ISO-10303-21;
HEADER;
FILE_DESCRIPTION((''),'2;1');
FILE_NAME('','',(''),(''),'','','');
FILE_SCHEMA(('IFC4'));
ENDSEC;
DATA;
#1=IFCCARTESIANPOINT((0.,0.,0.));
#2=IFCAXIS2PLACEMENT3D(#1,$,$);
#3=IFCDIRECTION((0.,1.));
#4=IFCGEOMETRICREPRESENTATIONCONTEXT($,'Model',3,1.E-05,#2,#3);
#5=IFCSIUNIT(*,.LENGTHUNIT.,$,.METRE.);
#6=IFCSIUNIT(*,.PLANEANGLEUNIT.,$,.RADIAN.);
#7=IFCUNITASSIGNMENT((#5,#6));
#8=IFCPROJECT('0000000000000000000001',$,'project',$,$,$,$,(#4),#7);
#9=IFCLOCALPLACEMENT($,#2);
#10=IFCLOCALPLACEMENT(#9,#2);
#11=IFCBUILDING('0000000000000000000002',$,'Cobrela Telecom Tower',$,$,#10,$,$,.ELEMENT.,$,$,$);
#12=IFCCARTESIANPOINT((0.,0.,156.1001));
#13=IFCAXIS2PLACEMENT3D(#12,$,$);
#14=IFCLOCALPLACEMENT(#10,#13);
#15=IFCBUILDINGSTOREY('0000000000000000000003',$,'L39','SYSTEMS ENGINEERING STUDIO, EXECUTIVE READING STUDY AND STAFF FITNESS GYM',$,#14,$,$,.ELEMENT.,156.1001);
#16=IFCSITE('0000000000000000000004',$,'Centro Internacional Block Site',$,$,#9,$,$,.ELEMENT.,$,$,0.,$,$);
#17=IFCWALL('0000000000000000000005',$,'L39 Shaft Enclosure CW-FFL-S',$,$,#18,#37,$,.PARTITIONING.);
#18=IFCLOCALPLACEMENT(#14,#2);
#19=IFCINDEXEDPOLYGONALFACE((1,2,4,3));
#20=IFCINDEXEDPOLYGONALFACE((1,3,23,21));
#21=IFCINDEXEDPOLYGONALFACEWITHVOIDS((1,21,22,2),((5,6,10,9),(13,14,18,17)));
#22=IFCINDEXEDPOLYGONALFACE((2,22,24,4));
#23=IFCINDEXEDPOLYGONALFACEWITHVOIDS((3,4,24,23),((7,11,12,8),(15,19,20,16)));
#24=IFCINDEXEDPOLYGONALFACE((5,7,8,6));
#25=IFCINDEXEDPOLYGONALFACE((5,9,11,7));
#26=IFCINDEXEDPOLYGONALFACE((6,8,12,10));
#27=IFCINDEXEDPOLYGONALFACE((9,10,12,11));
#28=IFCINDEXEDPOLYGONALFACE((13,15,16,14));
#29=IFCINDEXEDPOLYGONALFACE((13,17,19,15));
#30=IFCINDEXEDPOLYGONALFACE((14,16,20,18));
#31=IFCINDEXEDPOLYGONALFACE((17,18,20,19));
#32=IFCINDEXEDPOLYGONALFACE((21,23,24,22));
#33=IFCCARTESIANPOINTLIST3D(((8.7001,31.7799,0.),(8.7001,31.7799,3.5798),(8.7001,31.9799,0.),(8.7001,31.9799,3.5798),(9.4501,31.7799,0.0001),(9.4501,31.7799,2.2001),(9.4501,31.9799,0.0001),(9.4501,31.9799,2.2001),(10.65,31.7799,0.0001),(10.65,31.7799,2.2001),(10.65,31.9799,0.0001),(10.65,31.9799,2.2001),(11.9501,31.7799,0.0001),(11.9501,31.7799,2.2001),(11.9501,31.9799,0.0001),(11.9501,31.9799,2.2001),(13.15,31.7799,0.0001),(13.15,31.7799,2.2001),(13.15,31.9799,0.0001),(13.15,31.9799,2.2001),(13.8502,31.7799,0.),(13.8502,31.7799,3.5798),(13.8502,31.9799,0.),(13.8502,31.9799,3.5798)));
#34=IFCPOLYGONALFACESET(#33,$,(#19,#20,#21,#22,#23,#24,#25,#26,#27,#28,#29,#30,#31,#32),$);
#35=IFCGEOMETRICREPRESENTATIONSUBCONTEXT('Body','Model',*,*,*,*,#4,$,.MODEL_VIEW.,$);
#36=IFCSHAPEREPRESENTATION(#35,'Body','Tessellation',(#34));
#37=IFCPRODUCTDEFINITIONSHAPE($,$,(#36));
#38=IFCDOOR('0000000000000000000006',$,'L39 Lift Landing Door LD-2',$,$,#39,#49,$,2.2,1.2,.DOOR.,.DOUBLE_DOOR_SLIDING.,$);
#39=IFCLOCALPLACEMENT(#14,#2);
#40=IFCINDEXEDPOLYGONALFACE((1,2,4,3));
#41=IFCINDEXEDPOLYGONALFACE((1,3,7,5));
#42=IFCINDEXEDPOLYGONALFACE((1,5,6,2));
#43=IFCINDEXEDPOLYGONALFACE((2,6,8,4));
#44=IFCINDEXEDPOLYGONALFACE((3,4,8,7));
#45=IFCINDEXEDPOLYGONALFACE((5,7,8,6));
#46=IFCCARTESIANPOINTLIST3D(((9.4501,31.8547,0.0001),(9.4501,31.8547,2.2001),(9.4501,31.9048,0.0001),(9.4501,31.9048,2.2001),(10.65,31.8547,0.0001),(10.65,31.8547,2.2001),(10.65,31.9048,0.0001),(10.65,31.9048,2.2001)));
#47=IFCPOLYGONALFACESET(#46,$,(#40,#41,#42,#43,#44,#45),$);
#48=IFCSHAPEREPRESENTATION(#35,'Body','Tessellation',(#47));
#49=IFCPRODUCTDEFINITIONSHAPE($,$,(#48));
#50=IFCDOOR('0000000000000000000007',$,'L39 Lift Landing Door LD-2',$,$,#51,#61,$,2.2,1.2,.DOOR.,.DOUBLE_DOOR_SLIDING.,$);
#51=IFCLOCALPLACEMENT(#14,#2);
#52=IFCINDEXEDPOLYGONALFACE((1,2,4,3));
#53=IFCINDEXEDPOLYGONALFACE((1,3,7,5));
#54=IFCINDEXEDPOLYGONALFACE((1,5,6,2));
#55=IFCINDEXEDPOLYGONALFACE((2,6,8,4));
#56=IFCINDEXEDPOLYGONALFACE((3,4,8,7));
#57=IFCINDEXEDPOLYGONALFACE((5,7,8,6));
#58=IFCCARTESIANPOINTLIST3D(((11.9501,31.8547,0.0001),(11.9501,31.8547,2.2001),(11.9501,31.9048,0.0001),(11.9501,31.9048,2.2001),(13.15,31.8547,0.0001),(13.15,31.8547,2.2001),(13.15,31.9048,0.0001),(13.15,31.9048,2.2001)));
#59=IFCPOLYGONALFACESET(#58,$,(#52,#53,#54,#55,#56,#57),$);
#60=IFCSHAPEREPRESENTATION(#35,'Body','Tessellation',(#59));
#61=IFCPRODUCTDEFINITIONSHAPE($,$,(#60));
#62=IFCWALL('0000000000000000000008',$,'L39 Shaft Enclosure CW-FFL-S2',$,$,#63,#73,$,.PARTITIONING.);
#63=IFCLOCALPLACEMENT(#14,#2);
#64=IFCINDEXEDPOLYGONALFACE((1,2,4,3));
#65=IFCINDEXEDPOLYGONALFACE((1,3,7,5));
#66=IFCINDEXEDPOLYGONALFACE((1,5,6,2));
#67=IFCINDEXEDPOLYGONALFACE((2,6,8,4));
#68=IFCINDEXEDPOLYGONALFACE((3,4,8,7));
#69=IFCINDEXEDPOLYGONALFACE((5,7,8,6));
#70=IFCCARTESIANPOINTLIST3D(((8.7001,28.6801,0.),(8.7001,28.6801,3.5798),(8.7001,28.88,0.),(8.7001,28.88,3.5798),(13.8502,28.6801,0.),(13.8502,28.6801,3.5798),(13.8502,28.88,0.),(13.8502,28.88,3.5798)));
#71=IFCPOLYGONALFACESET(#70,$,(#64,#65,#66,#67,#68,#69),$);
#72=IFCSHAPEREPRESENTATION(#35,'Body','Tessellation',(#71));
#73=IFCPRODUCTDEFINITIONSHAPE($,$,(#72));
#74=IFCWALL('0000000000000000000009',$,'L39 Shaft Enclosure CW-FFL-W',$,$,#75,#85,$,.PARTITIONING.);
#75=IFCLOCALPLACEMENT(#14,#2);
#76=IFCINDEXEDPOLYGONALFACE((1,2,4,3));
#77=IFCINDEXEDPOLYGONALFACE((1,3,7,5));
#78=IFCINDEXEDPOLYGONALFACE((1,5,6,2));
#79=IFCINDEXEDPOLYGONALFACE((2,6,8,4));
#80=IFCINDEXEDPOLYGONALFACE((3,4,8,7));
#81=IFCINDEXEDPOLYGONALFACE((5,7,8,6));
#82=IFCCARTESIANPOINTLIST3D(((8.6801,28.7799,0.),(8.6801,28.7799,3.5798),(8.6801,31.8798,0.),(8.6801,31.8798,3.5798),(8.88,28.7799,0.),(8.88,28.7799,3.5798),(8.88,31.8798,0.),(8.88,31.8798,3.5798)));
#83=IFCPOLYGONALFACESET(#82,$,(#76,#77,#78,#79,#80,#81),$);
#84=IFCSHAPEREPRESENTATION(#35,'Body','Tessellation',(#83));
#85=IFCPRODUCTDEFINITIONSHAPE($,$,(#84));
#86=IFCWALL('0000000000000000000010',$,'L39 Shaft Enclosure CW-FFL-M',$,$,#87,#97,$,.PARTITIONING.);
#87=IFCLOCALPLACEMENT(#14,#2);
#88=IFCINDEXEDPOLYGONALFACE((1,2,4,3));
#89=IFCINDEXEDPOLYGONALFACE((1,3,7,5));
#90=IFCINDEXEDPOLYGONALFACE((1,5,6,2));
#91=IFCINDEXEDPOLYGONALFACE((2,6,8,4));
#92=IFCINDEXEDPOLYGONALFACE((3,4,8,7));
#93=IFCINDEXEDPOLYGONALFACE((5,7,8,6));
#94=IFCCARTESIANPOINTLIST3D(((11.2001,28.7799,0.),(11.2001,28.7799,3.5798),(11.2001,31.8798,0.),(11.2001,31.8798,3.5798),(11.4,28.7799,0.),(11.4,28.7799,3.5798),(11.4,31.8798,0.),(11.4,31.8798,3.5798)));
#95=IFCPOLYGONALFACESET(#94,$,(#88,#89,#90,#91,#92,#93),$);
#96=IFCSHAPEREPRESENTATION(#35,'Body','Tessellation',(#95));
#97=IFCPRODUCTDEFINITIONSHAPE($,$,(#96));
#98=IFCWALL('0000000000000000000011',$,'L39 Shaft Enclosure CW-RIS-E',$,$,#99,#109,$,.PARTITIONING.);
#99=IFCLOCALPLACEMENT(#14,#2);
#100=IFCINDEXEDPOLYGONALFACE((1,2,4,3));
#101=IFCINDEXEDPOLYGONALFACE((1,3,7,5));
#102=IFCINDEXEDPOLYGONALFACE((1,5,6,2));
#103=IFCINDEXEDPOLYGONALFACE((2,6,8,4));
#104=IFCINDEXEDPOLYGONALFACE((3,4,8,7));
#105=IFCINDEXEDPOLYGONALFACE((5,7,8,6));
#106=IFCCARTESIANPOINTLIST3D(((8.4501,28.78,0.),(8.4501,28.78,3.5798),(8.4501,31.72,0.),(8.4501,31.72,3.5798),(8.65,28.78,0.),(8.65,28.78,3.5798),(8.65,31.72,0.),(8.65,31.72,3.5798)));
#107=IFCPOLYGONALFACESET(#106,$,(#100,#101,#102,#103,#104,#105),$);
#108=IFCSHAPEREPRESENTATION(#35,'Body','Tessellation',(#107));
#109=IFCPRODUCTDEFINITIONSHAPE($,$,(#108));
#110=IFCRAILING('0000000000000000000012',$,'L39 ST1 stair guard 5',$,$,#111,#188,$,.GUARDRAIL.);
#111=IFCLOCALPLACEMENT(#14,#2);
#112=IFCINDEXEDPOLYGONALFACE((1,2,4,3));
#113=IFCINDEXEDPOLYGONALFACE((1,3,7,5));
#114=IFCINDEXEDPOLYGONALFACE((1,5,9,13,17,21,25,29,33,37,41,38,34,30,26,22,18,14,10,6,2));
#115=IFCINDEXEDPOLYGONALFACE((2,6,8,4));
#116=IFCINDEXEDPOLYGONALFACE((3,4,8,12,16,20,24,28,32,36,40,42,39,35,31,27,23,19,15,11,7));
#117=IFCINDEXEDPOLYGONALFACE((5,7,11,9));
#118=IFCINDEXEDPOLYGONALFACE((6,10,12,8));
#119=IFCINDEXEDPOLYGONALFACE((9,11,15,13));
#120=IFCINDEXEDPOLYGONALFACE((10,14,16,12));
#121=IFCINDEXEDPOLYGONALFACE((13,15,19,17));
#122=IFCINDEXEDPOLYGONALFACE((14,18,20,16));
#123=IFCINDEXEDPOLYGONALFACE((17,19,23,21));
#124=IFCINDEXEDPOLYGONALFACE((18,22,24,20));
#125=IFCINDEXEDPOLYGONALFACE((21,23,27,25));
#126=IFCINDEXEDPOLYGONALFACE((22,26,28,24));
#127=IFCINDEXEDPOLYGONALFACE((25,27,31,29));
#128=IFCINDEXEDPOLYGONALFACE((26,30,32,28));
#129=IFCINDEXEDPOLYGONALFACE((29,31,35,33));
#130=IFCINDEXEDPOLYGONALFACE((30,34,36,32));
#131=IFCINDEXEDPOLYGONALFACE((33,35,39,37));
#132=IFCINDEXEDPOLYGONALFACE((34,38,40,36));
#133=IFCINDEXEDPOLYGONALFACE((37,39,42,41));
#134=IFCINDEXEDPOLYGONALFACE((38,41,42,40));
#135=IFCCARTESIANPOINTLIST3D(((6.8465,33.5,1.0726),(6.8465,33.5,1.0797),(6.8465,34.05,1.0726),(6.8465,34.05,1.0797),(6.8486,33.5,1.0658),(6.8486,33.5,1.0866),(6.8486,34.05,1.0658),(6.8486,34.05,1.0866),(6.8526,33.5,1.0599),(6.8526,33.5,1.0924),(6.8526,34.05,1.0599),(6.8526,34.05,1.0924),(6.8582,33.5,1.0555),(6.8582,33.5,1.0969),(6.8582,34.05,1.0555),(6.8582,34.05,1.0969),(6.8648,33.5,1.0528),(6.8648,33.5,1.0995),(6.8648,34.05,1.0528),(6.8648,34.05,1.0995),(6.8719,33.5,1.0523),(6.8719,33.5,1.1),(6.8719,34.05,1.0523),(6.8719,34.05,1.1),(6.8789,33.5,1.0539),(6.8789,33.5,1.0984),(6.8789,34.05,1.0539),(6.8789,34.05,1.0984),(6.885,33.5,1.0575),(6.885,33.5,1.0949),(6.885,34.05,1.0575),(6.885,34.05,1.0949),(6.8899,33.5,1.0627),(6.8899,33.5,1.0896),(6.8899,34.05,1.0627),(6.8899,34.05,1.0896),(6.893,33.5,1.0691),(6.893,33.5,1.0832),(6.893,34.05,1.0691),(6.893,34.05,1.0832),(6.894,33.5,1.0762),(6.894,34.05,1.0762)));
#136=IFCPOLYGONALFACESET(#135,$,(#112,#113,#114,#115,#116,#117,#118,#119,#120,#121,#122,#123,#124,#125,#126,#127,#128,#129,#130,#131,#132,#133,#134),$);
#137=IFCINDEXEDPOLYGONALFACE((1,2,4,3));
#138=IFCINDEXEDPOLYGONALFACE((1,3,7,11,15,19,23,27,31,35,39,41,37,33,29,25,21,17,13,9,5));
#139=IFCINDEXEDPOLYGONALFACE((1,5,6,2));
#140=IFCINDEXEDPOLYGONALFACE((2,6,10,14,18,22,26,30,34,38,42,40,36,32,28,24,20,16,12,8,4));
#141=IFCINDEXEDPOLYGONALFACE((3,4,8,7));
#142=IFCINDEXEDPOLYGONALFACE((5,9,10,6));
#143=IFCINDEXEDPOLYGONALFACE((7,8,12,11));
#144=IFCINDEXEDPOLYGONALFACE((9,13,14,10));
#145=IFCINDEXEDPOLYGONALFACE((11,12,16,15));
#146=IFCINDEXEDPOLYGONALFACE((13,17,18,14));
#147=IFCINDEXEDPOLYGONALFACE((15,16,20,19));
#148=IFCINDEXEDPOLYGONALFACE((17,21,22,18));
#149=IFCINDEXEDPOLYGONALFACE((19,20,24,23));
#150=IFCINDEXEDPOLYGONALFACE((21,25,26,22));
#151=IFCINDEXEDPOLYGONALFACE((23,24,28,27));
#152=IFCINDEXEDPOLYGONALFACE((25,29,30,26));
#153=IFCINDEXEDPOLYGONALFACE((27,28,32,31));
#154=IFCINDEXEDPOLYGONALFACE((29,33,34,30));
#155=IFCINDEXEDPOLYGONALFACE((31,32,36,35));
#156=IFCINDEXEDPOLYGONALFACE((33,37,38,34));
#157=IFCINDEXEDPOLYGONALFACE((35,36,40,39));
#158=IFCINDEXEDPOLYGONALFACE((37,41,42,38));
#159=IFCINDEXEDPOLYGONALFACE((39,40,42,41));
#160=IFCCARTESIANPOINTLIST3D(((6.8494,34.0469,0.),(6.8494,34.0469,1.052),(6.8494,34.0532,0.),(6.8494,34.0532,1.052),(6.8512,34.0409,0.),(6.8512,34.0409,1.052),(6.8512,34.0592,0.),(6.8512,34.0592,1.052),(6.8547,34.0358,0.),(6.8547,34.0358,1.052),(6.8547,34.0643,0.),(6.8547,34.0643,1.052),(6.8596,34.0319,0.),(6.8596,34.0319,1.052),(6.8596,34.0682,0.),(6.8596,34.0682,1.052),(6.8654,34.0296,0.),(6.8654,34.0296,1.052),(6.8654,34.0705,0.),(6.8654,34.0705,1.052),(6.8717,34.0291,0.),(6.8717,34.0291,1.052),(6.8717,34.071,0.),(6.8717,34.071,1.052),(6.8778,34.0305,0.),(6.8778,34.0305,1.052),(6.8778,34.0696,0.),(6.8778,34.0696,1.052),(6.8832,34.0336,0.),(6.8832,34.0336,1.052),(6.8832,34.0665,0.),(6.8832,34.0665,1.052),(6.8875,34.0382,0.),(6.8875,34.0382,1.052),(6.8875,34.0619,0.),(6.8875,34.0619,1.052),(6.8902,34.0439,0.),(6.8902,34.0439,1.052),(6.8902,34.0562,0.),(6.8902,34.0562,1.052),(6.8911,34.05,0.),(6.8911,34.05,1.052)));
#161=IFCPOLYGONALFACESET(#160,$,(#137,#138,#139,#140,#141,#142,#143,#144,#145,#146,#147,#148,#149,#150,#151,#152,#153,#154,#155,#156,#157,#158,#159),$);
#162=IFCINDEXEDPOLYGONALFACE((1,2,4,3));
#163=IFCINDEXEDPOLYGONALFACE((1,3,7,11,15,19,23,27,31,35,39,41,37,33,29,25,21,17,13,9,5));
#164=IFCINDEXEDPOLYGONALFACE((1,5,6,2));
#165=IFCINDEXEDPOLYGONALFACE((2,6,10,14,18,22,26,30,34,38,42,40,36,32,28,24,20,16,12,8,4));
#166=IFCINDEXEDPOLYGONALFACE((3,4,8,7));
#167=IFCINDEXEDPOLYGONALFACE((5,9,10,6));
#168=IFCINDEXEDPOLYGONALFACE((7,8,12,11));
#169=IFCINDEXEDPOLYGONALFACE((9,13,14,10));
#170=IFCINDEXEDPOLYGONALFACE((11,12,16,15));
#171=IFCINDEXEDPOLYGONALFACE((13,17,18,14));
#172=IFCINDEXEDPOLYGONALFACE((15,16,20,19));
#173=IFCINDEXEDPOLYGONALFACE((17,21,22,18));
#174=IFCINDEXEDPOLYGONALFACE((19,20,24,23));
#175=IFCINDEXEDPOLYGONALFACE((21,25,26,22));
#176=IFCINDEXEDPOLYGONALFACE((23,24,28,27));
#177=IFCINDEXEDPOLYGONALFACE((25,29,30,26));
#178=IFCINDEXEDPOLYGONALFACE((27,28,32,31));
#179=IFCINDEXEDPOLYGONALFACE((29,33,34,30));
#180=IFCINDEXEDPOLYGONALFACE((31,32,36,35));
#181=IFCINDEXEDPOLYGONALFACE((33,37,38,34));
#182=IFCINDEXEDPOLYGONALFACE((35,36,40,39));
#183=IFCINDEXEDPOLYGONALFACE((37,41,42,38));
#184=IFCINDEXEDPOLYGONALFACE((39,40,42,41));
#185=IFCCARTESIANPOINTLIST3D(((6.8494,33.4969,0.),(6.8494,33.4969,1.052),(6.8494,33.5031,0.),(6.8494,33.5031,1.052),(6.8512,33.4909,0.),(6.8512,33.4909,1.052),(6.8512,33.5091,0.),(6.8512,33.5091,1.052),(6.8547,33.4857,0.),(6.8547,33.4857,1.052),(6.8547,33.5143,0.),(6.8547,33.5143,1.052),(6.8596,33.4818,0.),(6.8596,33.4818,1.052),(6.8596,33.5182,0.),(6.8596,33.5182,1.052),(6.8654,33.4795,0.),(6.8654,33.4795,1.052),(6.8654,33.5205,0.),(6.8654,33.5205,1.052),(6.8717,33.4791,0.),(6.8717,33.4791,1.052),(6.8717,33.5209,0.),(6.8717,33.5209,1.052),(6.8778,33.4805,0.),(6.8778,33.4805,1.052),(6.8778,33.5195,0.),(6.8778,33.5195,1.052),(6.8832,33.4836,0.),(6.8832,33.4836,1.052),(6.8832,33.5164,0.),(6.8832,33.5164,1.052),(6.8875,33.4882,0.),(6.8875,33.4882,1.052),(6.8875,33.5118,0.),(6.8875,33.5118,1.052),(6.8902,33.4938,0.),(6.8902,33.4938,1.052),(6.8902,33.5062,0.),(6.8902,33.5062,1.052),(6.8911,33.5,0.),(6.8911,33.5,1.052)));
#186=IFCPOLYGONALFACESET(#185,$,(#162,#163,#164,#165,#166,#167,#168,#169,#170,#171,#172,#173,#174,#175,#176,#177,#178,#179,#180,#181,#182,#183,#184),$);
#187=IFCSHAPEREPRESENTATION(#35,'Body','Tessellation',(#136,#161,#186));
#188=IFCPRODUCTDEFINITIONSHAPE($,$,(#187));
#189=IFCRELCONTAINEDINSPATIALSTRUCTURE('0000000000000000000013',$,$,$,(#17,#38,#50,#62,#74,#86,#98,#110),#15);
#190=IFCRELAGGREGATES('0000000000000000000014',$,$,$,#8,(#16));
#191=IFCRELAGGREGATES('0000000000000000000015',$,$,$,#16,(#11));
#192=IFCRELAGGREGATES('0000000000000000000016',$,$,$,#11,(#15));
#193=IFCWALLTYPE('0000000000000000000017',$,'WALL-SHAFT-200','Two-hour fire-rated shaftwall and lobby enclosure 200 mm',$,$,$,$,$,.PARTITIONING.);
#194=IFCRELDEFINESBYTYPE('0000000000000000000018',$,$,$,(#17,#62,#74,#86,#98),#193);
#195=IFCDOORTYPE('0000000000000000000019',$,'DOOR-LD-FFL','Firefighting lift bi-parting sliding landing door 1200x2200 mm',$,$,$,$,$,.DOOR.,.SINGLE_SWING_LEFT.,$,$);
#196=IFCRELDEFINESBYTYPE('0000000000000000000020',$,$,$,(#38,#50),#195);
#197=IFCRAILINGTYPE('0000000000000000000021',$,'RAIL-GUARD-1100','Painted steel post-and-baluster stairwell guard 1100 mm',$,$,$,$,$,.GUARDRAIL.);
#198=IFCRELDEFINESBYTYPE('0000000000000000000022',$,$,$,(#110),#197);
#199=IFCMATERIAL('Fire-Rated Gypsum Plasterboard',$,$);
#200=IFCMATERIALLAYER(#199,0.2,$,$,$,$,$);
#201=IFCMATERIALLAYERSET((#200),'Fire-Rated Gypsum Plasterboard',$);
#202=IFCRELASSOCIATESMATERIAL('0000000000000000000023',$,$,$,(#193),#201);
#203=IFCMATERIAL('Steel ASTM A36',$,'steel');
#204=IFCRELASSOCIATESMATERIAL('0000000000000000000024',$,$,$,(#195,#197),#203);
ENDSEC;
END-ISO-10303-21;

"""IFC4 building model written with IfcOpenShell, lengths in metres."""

from ifc_helpers import new_model, si_unit, direction, frame, frame_2d, origin, origin_2d, place, context, subcontext, project, spatial, rectangle, circle, extrude, material, layer, layer_set, type_object, element, fill, save


model = new_model("IFC4")

# Units and contexts
model_context = context("Model", 3, precision=1e-05, world=origin(), true_north=direction((0.0, 1.0)))
body_context = subcontext(model_context, "Body", "Model", "MODEL_VIEW")
ifc_project = project(units=[si_unit("LENGTHUNIT", "METRE"), si_unit("PLANEANGLEUNIT", "RADIAN")], contexts=[model_context])

# Site, building, storey
site_placement = place(None, origin())
site = spatial("IfcSite", under=ifc_project, at=site_placement, Name="Centro Internacional Block Site", CompositionType="ELEMENT", RefElevation=0.0)
building_placement = place(site_placement, origin())
building = spatial("IfcBuilding", under=site, at=building_placement, Name="Cobrela Telecom Tower", CompositionType="ELEMENT")
storey_placement = place(building_placement, frame((0.0, 0.0, 156.1001)))
storey = spatial("IfcBuildingStorey", under=building, at=storey_placement, Name="L39", Description="SYSTEMS ENGINEERING STUDIO, EXECUTIVE READING STUDY AND STAFF FITNESS GYM", CompositionType="ELEMENT", Elevation=156.1001)

# Shared definitions
ifc_material_1 = material(Name="Steel ASTM A36", Category="steel")

# Shared definitions
ifc_material_2 = material(Name="Fire-Rated Gypsum Plasterboard")

# Wall, openings, doors
ifc_layer_1 = layer(ifc_material_2, 0.2)
ifc_layer_set_1 = layer_set([ifc_layer_1], Name="Fire-Rated Gypsum Plasterboard")
wall_type_1 = type_object("IfcWallType", Name="WALL-SHAFT-200", Description="Two-hour fire-rated shaftwall and lobby enclosure 200 mm", PredefinedType="PARTITIONING", material=ifc_layer_set_1)
wall_1_placement = place(storey_placement, frame((8.7, 31.8799, 0.0), z_axis=(0.0, 0.0, 1.0), x_axis=(1.0, 0.0, 0.0)))
wall_1 = element("IfcWall", 1, at=wall_1_placement, inside=storey, type_object=wall_type_1, Name="L39 Shaft Enclosure CW-FFL-S", PredefinedType="PARTITIONING", context=body_context, shape_type="SweptSolid", body=[
    extrude(rectangle(XDim=5.1501, YDim=0.2, at=frame_2d((2.5752, 0.0))), origin(), (0.0, 0.0, 1.0), 3.5798),
])
opening_1_placement = place(wall_1_placement, frame((0.75, 0.0, 0.0)))
opening_1 = element("IfcOpeningElement", 2, at=opening_1_placement, cuts=wall_1, PredefinedType="OPENING", context=body_context, shape_type="SweptSolid", body=[
    extrude(rectangle(XDim=1.2, YDim=2.2, at=frame_2d((0.6001, 1.1001))), frame((0.0, 0.1118, 0.0), z_axis=(0.0, -1.0, 0.0), x_axis=(1.0, 0.0, 0.0)), (0.0, 0.0, 1.0), 0.2239),
])
opening_2_placement = place(wall_1_placement, frame((3.25, 0.0, 0.0)))
opening_2 = element("IfcOpeningElement", 3, at=opening_2_placement, cuts=wall_1, PredefinedType="OPENING", context=body_context, shape_type="SweptSolid", body=[
    extrude(rectangle(XDim=1.2, YDim=2.2, at=frame_2d((0.6001, 1.1001))), frame((0.0, 0.1118, 0.0), z_axis=(0.0, -1.0, 0.0), x_axis=(1.0, 0.0, 0.0)), (0.0, 0.0, 1.0), 0.2239),
])
door_type_1 = type_object("IfcDoorType", Name="DOOR-LD-FFL", Description="Firefighting lift bi-parting sliding landing door 1200x2200 mm", OperationType="SINGLE_SWING_LEFT", PredefinedType="DOOR", material=ifc_material_1)
door_1_placement = place(opening_1_placement, origin())
door_1 = element("IfcDoor", 4, at=door_1_placement, inside=storey, type_object=door_type_1, Name="L39 Lift Landing Door LD-2", OperationType="DOUBLE_DOOR_SLIDING", OverallHeight=2.2, OverallWidth=1.2, PredefinedType="DOOR", context=body_context, shape_type="SweptSolid", body=[
    extrude(rectangle(XDim=1.2, YDim=2.2, at=frame_2d((0.6001, 1.1001))), frame((0.0, 0.0249, 0.0), z_axis=(0.0, -1.0, 0.0), x_axis=(1.0, 0.0, 0.0)), (0.0, 0.0, 1.0), 0.05),
])
fill(opening_1, door_1)
door_2_placement = place(opening_2_placement, origin())
door_2 = element("IfcDoor", 5, at=door_2_placement, inside=storey, type_object=door_type_1, Name="L39 Lift Landing Door LD-2", OperationType="DOUBLE_DOOR_SLIDING", OverallHeight=2.2, OverallWidth=1.2, PredefinedType="DOOR", context=body_context, shape_type="SweptSolid", body=[
    extrude(rectangle(XDim=1.2, YDim=2.2, at=frame_2d((0.6001, 1.1001))), frame((0.0, 0.0249, 0.0), z_axis=(0.0, -1.0, 0.0), x_axis=(1.0, 0.0, 0.0)), (0.0, 0.0, 1.0), 0.05),
])
fill(opening_2, door_2)

# Walls
wall_2_placement = place(storey_placement, frame((8.7, 28.78, 0.0), z_axis=(0.0, 0.0, 1.0), x_axis=(1.0, 0.0, 0.0)))
element("IfcWall", 6, at=wall_2_placement, inside=storey, type_object=wall_type_1, Name="L39 Shaft Enclosure CW-FFL-S2", PredefinedType="PARTITIONING", context=body_context, shape_type="SweptSolid", body=[
    extrude(rectangle(XDim=5.1501, YDim=0.2, at=frame_2d((2.5752, 0.0))), origin(), (0.0, 0.0, 1.0), 3.5798),
])
for number, where, z_axis, x_axis, name in (
    (7, (8.78, 28.78, 0.0), (0.0, 0.0, 1.0), (0.0, 1.0, 0.0), "L39 Shaft Enclosure CW-FFL-W"),
    (8, (11.3, 28.78, 0.0), (0.0, 0.0, 1.0), (0.0, 1.0, 0.0), "L39 Shaft Enclosure CW-FFL-M"),
):
    element("IfcWall", number, at=place(storey_placement, frame(where, z_axis=z_axis, x_axis=x_axis)), inside=storey, type_object=wall_type_1, Name=name, PredefinedType="PARTITIONING", context=body_context, shape_type="SweptSolid", body=[
        extrude(rectangle(XDim=3.0999, YDim=0.2, at=frame_2d((1.5498, 0.0))), origin(), (0.0, 0.0, 1.0), 3.5798),
    ])
wall_3_placement = place(storey_placement, frame((8.55, 28.78, 0.0), z_axis=(0.0, 0.0, 1.0), x_axis=(0.0, 1.0, 0.0)))
element("IfcWall", 9, at=wall_3_placement, inside=storey, type_object=wall_type_1, Name="L39 Shaft Enclosure CW-RIS-E", PredefinedType="PARTITIONING", context=body_context, shape_type="SweptSolid", body=[
    extrude(rectangle(XDim=2.9399, YDim=0.2, at=frame_2d((1.47, 0.0))), origin(), (0.0, 0.0, 1.0), 3.5798),
])

# Railing
railing_type = type_object("IfcRailingType", Name="RAIL-GUARD-1100", Description="Painted steel post-and-baluster stairwell guard 1100 mm", PredefinedType="GUARDRAIL", material=ifc_material_1)
railing_placement = place(storey_placement, frame((6.8701, 34.05, 0.0)))
element("IfcRailing", 10, at=railing_placement, inside=storey, type_object=railing_type, Name="L39 ST1 stair guard 5", PredefinedType="GUARDRAIL", context=body_context, shape_type="SweptSolid", body=[
    extrude(circle(Radius=0.0239, at=origin_2d()), frame((0.0, 0.0, 1.0762), z_axis=(0.0, -1.0, 0.0), x_axis=(1.0, 0.0, 0.0)), (0.0, 0.0, 1.0), 0.55),
    extrude(circle(Radius=0.021, at=origin_2d()), origin(), (0.0, 0.0, 1.0), 1.052),
    extrude(circle(Radius=0.021, at=origin_2d()), frame((0.0, -0.55, 0.0)), (0.0, 0.0, 1.0), 1.052),
])

save(model, "model.ifc")
